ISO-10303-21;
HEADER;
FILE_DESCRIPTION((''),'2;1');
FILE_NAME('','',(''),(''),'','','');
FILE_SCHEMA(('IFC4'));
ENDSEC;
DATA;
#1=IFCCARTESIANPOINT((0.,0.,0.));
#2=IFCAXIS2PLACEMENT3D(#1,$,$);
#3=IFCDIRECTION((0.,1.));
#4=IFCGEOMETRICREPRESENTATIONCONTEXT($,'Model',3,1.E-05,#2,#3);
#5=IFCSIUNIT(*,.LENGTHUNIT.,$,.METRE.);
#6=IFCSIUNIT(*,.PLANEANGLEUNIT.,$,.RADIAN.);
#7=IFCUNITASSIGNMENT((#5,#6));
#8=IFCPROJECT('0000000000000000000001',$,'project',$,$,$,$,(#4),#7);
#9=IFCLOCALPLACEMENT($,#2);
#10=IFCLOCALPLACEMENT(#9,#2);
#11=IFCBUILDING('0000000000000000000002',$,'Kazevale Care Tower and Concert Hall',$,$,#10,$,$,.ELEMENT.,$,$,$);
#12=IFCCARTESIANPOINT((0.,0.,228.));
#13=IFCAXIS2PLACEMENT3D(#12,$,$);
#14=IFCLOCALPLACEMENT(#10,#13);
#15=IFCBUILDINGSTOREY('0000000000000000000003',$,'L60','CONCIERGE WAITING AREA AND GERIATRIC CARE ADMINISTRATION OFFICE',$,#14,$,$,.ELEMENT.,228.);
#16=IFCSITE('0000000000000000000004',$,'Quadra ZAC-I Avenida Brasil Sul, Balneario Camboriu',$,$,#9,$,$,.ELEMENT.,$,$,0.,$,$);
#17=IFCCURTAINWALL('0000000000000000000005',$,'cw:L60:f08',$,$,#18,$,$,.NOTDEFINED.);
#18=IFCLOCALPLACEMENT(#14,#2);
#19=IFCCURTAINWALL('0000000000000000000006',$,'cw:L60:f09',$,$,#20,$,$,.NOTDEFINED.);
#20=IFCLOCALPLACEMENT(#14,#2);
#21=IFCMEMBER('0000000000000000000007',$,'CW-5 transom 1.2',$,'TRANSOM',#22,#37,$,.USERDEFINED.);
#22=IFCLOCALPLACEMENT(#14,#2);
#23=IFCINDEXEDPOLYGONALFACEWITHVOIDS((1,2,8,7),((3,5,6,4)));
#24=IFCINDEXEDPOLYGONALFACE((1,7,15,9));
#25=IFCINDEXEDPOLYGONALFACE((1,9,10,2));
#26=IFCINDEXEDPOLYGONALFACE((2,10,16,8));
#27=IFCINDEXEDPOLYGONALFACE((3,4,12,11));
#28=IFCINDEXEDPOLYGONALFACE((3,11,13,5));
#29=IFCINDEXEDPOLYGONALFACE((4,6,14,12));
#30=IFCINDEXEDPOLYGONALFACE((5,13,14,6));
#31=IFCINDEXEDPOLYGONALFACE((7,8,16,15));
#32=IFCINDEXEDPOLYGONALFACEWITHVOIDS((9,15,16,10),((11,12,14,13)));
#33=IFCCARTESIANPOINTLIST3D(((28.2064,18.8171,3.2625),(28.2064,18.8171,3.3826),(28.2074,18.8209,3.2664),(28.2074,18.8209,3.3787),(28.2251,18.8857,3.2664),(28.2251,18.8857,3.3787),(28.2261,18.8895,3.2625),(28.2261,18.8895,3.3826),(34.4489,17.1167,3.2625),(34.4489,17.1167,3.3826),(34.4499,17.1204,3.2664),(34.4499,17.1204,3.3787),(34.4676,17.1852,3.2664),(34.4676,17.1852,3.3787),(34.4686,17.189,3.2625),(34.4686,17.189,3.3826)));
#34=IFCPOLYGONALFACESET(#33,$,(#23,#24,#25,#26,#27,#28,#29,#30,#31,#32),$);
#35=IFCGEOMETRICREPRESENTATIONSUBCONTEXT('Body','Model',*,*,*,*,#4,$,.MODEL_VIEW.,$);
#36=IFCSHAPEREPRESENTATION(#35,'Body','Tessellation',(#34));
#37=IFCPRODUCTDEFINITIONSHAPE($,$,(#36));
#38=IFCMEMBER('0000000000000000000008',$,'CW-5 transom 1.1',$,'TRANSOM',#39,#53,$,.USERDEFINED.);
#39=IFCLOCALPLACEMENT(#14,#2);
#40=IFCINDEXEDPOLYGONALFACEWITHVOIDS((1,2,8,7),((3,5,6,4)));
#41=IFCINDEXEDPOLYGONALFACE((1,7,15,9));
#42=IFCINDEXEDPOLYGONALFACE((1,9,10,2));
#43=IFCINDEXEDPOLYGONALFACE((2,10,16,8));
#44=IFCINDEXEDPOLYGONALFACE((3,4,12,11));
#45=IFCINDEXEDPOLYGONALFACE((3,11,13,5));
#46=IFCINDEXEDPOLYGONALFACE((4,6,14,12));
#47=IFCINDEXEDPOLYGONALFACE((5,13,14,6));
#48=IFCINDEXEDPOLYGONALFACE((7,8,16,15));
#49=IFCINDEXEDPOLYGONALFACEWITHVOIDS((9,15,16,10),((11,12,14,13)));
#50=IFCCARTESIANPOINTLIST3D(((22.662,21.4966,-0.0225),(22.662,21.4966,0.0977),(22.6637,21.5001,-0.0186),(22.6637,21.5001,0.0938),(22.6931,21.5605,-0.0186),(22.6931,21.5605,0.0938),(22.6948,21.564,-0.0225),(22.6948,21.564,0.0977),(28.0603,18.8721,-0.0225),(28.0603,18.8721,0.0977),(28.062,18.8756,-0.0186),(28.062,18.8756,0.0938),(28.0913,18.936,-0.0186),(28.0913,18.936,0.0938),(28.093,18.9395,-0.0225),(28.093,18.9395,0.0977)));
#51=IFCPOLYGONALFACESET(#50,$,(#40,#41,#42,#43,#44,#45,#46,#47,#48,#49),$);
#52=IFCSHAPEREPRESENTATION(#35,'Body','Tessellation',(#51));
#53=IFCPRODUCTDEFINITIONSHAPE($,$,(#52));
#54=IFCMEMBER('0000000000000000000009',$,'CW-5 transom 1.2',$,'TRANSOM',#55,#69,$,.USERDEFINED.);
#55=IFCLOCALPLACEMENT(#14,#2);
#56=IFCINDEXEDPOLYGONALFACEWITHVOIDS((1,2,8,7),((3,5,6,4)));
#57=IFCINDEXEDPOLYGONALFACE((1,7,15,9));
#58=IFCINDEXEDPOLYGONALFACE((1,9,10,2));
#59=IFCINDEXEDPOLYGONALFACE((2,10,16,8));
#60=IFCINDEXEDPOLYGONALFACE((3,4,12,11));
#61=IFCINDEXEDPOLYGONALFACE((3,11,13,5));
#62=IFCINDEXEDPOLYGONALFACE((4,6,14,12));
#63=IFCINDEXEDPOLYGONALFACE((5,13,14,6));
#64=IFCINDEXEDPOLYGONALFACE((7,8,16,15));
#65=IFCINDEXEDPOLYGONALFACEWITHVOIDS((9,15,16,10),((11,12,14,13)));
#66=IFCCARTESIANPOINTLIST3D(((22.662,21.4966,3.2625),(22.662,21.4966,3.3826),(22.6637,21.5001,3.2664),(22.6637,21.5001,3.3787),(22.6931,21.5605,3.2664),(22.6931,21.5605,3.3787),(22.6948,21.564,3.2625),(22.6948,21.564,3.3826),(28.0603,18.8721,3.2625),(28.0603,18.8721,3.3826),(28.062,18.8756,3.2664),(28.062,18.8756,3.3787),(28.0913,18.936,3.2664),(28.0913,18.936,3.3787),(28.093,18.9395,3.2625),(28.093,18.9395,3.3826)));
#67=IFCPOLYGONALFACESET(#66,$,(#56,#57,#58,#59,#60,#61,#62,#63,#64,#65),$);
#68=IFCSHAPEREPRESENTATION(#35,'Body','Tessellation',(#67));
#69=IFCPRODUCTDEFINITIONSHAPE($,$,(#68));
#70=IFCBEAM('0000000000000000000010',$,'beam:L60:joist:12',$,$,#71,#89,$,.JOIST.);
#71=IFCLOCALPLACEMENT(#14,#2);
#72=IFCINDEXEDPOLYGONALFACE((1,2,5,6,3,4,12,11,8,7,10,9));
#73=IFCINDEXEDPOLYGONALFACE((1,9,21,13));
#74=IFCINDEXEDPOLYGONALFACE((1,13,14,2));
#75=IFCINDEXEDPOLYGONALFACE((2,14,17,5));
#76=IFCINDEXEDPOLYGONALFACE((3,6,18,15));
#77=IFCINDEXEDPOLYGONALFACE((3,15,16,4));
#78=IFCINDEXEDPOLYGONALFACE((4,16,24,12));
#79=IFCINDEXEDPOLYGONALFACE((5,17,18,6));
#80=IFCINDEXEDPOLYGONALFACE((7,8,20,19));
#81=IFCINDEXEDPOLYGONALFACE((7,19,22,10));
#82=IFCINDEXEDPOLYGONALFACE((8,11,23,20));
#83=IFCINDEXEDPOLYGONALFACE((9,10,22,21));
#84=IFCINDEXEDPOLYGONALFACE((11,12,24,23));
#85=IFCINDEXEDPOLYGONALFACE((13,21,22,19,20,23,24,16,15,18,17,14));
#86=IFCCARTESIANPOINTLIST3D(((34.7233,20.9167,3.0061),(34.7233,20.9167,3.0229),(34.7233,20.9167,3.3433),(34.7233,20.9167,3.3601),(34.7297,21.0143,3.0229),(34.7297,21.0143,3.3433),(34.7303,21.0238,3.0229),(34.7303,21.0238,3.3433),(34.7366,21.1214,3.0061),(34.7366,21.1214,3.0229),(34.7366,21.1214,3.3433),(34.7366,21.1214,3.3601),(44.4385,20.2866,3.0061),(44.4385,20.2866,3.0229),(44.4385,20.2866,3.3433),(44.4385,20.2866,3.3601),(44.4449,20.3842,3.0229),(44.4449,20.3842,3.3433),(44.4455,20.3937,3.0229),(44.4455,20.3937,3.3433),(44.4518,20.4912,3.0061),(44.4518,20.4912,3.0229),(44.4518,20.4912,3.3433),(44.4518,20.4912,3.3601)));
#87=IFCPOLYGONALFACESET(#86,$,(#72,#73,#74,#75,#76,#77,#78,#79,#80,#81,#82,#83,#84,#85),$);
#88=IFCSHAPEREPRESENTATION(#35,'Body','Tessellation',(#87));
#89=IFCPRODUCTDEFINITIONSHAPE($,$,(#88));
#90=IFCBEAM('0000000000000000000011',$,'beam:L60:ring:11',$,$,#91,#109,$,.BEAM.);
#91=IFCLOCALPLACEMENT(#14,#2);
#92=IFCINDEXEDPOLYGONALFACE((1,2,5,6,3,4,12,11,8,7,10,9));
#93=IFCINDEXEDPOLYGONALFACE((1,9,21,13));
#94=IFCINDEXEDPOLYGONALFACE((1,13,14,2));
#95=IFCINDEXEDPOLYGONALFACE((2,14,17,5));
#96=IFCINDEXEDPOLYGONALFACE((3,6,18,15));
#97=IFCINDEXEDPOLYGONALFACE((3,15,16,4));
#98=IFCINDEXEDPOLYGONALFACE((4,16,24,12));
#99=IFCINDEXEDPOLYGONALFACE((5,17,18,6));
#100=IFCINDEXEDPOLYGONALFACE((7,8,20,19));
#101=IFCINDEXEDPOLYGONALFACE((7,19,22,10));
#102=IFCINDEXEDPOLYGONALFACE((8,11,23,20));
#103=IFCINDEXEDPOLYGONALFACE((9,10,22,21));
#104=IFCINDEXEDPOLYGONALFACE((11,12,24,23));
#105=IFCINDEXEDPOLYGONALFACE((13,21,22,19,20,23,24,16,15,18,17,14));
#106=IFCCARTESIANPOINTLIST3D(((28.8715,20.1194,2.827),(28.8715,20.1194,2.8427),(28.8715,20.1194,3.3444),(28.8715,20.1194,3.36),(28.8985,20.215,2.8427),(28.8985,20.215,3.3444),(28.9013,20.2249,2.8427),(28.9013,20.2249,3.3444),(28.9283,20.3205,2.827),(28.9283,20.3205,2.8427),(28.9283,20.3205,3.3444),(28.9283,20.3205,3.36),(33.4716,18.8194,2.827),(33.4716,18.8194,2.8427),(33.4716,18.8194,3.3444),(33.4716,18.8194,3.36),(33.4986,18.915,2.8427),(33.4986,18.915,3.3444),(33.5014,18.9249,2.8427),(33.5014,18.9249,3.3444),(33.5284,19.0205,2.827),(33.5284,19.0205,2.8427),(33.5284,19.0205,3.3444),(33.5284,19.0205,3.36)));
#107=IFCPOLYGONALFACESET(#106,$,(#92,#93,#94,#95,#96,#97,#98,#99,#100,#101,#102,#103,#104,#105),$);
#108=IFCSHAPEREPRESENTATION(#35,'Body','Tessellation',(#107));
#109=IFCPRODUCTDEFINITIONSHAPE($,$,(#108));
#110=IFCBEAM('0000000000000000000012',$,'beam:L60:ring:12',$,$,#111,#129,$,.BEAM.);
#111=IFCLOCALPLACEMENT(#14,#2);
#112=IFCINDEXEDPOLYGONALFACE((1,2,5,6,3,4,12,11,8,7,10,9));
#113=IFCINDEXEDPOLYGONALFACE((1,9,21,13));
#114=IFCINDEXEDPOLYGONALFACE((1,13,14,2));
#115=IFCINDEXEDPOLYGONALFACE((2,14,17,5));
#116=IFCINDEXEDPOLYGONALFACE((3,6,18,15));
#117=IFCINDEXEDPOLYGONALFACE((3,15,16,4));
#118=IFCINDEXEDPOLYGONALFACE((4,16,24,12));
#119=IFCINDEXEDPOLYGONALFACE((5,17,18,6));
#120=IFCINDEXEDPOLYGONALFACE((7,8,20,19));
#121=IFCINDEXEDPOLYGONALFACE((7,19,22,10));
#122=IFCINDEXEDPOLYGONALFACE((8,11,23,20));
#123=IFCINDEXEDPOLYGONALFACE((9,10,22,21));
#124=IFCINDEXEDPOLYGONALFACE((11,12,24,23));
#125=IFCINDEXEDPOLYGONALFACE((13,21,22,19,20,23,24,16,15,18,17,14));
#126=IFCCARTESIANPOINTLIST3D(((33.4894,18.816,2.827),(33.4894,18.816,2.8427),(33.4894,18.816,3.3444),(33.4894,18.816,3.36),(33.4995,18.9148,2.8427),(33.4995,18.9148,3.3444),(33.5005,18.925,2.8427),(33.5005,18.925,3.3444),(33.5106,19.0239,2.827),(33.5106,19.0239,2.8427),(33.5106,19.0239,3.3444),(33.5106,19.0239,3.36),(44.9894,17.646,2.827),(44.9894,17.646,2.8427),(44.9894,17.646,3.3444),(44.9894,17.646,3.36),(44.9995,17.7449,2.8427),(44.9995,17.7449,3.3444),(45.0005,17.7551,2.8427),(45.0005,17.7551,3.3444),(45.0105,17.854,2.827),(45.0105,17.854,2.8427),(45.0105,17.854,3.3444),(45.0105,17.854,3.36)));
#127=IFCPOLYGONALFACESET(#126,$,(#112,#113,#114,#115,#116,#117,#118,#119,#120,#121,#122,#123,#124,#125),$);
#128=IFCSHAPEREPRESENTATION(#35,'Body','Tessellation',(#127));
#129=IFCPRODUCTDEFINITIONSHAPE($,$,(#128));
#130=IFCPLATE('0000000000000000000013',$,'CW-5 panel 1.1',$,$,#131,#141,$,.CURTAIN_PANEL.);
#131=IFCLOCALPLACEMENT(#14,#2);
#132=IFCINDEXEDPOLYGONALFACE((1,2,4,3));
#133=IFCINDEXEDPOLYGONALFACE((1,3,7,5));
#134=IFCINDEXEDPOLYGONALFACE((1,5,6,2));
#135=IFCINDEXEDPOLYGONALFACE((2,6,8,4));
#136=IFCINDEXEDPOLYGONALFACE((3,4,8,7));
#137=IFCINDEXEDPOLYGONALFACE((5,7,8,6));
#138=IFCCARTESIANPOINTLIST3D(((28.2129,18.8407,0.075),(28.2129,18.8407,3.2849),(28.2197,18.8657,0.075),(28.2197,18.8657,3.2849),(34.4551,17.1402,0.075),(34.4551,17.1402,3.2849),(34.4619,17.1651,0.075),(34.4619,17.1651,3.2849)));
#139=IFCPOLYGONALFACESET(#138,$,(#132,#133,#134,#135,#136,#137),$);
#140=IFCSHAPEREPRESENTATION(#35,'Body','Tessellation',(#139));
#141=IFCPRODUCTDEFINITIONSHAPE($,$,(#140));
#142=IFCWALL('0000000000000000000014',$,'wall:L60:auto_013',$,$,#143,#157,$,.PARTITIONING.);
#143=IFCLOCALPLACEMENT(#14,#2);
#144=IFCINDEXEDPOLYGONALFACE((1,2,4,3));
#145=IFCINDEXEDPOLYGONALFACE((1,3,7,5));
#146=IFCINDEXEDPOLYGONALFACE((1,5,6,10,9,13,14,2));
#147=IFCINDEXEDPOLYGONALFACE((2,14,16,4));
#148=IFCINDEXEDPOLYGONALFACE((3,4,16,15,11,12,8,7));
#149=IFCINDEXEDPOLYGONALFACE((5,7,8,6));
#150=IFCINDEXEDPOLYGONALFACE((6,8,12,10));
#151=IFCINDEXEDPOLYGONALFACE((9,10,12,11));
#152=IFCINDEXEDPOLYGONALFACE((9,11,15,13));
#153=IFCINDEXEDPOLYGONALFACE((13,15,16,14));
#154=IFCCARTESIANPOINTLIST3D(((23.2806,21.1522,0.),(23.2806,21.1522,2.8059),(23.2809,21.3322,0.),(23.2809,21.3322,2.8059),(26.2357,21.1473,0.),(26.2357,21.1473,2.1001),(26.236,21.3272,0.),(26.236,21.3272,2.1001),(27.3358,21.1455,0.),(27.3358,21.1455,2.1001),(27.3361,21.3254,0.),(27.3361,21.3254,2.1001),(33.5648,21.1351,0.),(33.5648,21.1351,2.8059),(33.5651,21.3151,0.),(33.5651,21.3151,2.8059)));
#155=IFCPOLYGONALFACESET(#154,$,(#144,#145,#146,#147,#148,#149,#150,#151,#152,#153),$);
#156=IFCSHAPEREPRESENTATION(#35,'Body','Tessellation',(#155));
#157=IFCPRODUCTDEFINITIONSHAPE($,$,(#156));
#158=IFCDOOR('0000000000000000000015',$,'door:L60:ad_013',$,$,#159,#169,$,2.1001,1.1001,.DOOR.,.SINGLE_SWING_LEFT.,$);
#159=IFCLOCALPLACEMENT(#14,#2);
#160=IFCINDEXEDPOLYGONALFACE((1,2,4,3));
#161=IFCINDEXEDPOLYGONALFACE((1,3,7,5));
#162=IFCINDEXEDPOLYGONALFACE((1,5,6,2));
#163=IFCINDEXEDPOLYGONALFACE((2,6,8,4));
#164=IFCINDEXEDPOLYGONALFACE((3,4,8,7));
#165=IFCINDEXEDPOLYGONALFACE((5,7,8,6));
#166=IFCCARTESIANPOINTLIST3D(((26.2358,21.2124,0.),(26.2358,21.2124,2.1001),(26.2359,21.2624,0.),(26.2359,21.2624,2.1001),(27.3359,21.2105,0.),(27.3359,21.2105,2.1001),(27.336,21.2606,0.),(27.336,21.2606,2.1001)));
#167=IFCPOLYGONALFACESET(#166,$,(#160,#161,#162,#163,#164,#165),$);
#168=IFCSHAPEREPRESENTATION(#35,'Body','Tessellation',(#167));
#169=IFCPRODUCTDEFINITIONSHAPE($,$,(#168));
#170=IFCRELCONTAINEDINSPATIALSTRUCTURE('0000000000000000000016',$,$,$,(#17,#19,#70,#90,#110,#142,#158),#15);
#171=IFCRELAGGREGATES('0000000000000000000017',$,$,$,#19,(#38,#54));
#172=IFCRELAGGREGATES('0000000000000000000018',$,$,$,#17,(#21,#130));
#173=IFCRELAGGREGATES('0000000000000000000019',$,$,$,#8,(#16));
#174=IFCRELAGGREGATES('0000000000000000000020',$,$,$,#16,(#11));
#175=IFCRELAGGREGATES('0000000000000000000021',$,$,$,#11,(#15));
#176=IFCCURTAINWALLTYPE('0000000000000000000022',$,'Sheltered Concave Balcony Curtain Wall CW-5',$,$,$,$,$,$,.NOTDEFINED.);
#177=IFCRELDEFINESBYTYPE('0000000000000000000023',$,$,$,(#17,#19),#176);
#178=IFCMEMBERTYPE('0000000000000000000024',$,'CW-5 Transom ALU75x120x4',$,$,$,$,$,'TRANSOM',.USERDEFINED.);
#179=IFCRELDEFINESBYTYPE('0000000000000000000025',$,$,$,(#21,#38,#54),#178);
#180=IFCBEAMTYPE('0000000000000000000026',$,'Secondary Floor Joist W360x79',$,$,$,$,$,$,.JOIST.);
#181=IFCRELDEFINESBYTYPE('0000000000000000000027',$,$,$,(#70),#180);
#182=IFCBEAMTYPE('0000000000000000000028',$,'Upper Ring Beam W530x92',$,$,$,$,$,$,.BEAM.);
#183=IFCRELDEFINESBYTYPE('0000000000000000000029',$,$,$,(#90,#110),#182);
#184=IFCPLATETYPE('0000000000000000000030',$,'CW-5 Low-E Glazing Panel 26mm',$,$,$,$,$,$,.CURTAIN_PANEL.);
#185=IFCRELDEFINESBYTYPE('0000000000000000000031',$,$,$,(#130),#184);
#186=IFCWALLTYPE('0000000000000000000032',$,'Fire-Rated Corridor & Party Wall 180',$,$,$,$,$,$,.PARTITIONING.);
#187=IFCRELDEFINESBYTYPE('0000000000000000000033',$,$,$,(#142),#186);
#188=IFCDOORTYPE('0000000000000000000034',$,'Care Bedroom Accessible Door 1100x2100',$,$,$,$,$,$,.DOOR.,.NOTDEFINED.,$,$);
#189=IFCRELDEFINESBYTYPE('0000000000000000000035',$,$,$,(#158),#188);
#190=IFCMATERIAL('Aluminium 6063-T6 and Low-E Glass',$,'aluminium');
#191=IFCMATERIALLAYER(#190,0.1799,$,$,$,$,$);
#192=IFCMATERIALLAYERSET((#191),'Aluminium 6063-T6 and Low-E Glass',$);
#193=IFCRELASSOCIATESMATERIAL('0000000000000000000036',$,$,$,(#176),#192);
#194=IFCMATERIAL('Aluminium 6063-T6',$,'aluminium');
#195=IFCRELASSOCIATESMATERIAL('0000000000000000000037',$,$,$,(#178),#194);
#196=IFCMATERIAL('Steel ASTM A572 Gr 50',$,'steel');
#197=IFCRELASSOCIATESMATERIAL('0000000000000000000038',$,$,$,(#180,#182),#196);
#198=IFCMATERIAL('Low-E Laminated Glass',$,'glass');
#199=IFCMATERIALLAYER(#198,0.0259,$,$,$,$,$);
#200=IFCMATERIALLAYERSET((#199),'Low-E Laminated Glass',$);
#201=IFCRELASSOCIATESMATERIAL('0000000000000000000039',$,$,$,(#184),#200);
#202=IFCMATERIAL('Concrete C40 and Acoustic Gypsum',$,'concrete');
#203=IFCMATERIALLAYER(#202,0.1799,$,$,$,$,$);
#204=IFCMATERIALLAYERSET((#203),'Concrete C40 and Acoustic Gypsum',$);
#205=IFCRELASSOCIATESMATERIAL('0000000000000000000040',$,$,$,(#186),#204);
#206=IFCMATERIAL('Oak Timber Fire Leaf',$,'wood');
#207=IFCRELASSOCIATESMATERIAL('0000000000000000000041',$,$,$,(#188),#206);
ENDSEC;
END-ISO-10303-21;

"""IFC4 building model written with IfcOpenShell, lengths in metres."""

from ifc_helpers import new_model, si_unit, direction, frame, frame_2d, origin, origin_2d, place, context, subcontext, project, spatial, rectangle, hollow_rectangle, i_section, extrude, material, layer, layer_set, material_profile, profile_set, type_object, element, fill, aggregate, save


model = new_model("IFC4")

# Units and contexts
model_context = context("Model", 3, precision=1e-05, world=origin(), true_north=direction((0.0, 1.0)))
body_context = subcontext(model_context, "Body", "Model", "MODEL_VIEW")
ifc_project = project(units=[si_unit("LENGTHUNIT", "METRE"), si_unit("PLANEANGLEUNIT", "RADIAN")], contexts=[model_context])

# Site, building, storey
site_placement = place(None, origin())
site = spatial("IfcSite", under=ifc_project, at=site_placement, Name="Quadra ZAC-I Avenida Brasil Sul, Balneario Camboriu", CompositionType="ELEMENT", RefElevation=0.0)
building_placement = place(site_placement, origin())
building = spatial("IfcBuilding", under=site, at=building_placement, Name="Kazevale Care Tower and Concert Hall", CompositionType="ELEMENT")
storey_placement = place(building_placement, frame((0.0, 0.0, 228.0)))
storey = spatial("IfcBuildingStorey", under=building, at=storey_placement, Name="L60", Description="CONCIERGE WAITING AREA AND GERIATRIC CARE ADMINISTRATION OFFICE", CompositionType="ELEMENT", Elevation=228.0)

# Shared definitions
ifc_material_1 = material(Name="Aluminium 6063-T6 and Low-E Glass", Category="aluminium")
ifc_layer_1 = layer(ifc_material_1, 0.1799)
ifc_layer_set_1 = layer_set([ifc_layer_1], Name="Aluminium 6063-T6 and Low-E Glass")
curtain_wall_type = type_object("IfcCurtainWallType", Name="Sheltered Concave Balcony Curtain Wall CW-5", PredefinedType="NOTDEFINED", material=ifc_layer_set_1)
ifc_material_2 = material(Name="Aluminium 6063-T6", Category="aluminium")

# Curtain wall
curtain_wall_1_placement = place(storey_placement, origin())
curtain_wall_1 = element("IfcCurtainWall", 1, at=curtain_wall_1_placement, inside=storey, type_object=curtain_wall_type, Name="cw:L60:f08", PredefinedType="NOTDEFINED")

# Curtain wall
curtain_wall_2_placement = place(storey_placement, origin())
curtain_wall_2 = element("IfcCurtainWall", 2, at=curtain_wall_2_placement, inside=storey, type_object=curtain_wall_type, Name="cw:L60:f09", PredefinedType="NOTDEFINED")

# Members
ifc_material_profile_1 = material_profile(ifc_material_2, hollow_rectangle(XDim=0.075, YDim=0.1201, WallThickness=0.0039, at=origin_2d()), Name="ALU75x120x4")
ifc_profile_set_1 = profile_set([ifc_material_profile_1], Name="Aluminium 6063-T6")
member_type_1 = type_object("IfcMemberType", Name="CW-5 Transom ALU75x120x4", ElementType="TRANSOM", PredefinedType="USERDEFINED", material=ifc_profile_set_1)
member_1_placement = place(storey_placement, frame((34.4587, 17.1528, 3.3225), z_axis=(-0.964844, 0.262824, 0.0), x_axis=(-0.262824, -0.964844, 0.0)))
member_1 = element("IfcMember", 3, at=member_1_placement, type_object=member_type_1, Name="CW-5 transom 1.2", ObjectType="TRANSOM", PredefinedType="USERDEFINED", context=body_context, shape_type="SweptSolid", body=[
    extrude(hollow_rectangle(XDim=0.075, YDim=0.1201, WallThickness=0.0039, at=origin_2d()), origin(), (0.0, 0.0, 1.0), 6.47),
])
member_2_placement = place(storey_placement, frame((28.0767, 18.9058, 0.0376), z_axis=(-0.899342, 0.437245, 0.0), x_axis=(-0.437245, -0.899342, 0.0)))
member_2 = element("IfcMember", 4, at=member_2_placement, type_object=member_type_1, Name="CW-5 transom 1.1", ObjectType="TRANSOM", PredefinedType="USERDEFINED", context=body_context, shape_type="SweptSolid", body=[
    extrude(hollow_rectangle(XDim=0.075, YDim=0.1201, WallThickness=0.0039, at=origin_2d()), origin(), (0.0, 0.0, 1.0), 6.0024),
])
member_3_placement = place(storey_placement, frame((28.0767, 18.9058, 3.3225), z_axis=(-0.899342, 0.437245, 0.0), x_axis=(-0.437245, -0.899342, 0.0)))
member_3 = element("IfcMember", 5, at=member_3_placement, type_object=member_type_1, Name="CW-5 transom 1.2", ObjectType="TRANSOM", PredefinedType="USERDEFINED", context=body_context, shape_type="SweptSolid", body=[
    extrude(hollow_rectangle(XDim=0.075, YDim=0.1201, WallThickness=0.0039, at=origin_2d()), origin(), (0.0, 0.0, 1.0), 6.0024),
])
aggregate(curtain_wall_2, [member_2, member_3])

# Beams
ifc_material_3 = material(Name="Steel ASTM A572 Gr 50", Category="steel")
ifc_material_profile_2 = material_profile(ifc_material_3, i_section(OverallWidth=0.2051, OverallDepth=0.354, WebThickness=0.0095, FlangeThickness=0.0168, at=origin_2d()), Name="W360x79")
ifc_profile_set_2 = profile_set([ifc_material_profile_2], Name="Steel ASTM A572 Gr 50")
beam_type_1 = type_object("IfcBeamType", Name="Secondary Floor Joist W360x79", PredefinedType="JOIST", material=ifc_profile_set_2)
beam_1_placement = place(storey_placement, frame((34.73, 21.019, 3.1831), z_axis=(0.997903, -0.064725, 0.0), x_axis=(0.064725, 0.997903, 0.0)))
element("IfcBeam", 6, at=beam_1_placement, inside=storey, type_object=beam_type_1, Name="beam:L60:joist:12", PredefinedType="JOIST", context=body_context, shape_type="SweptSolid", body=[
    extrude(i_section(OverallWidth=0.2051, OverallDepth=0.354, WebThickness=0.0095, FlangeThickness=0.0168, at=origin_2d()), origin(), (0.0, 0.0, 1.0), 9.7356),
])
ifc_material_profile_3 = material_profile(ifc_material_3, i_section(OverallWidth=0.209, OverallDepth=0.533, WebThickness=0.0103, FlangeThickness=0.0156, at=origin_2d()), Name="W530x92")
ifc_profile_set_3 = profile_set([ifc_material_profile_3], Name="Steel ASTM A572 Gr 50")
beam_type_2 = type_object("IfcBeamType", Name="Upper Ring Beam W530x92", PredefinedType="BEAM", material=ifc_profile_set_3)
beam_2_placement = place(storey_placement, frame((28.8999, 20.22, 3.0935), z_axis=(0.962308, -0.271961, 0.0), x_axis=(0.271961, 0.962308, 0.0)))
element("IfcBeam", 7, at=beam_2_placement, inside=storey, type_object=beam_type_2, Name="beam:L60:ring:11", PredefinedType="BEAM", context=body_context, shape_type="SweptSolid", body=[
    extrude(i_section(OverallWidth=0.209, OverallDepth=0.533, WebThickness=0.0103, FlangeThickness=0.0156, at=origin_2d()), origin(), (0.0, 0.0, 1.0), 4.7803),
])
beam_3_placement = place(storey_placement, frame((33.5, 18.9199, 3.0935), z_axis=(0.994865, -0.10121, 0.0), x_axis=(0.10121, 0.994865, 0.0)))
element("IfcBeam", 8, at=beam_3_placement, inside=storey, type_object=beam_type_2, Name="beam:L60:ring:12", PredefinedType="BEAM", context=body_context, shape_type="SweptSolid", body=[
    extrude(i_section(OverallWidth=0.209, OverallDepth=0.533, WebThickness=0.0103, FlangeThickness=0.0156, at=origin_2d()), origin(), (0.0, 0.0, 1.0), 11.5593),
])

# Plate
ifc_material_4 = material(Name="Low-E Laminated Glass", Category="glass")
ifc_layer_2 = layer(ifc_material_4, 0.0259)
ifc_layer_set_2 = layer_set([ifc_layer_2], Name="Low-E Laminated Glass")
plate_type = type_object("IfcPlateType", Name="CW-5 Low-E Glazing Panel 26mm", PredefinedType="CURTAIN_PANEL", material=ifc_layer_set_2)
plate_placement = place(storey_placement, frame((31.3374, 18.0029, 0.075), z_axis=(0.0, 0.0, 1.0), x_axis=(-0.964837, 0.262849, 0.0)))
plate = element("IfcPlate", 9, at=plate_placement, type_object=plate_type, Name="CW-5 panel 1.1", PredefinedType="CURTAIN_PANEL", context=body_context, shape_type="SweptSolid", body=[
    extrude(rectangle(XDim=6.4697, YDim=0.0259, at=origin_2d()), origin(), (0.0, 0.0, 1.0), 3.21),
])
aggregate(curtain_wall_1, [member_1, plate])

# Wall, opening, door
ifc_material_5 = material(Name="Concrete C40 and Acoustic Gypsum", Category="concrete")
ifc_layer_3 = layer(ifc_material_5, 0.1799)
ifc_layer_set_3 = layer_set([ifc_layer_3], Name="Concrete C40 and Acoustic Gypsum")
wall_type = type_object("IfcWallType", Name="Fire-Rated Corridor & Party Wall 180", PredefinedType="PARTITIONING", material=ifc_layer_set_3)
wall_placement = place(storey_placement, frame((33.5649, 21.2251, 0.0), z_axis=(0.0, 0.0, 1.0), x_axis=(-0.999999, 0.001662, 0.0)))
wall = element("IfcWall", 10, at=wall_placement, inside=storey, type_object=wall_type, Name="wall:L60:auto_013", PredefinedType="PARTITIONING", context=body_context, shape_type="SweptSolid", body=[
    extrude(rectangle(XDim=10.2842, YDim=0.1799, at=frame_2d((5.1421, 0.0))), origin(), (0.0, 0.0, 1.0), 2.8059),
])
opening_placement = place(wall_placement, frame((6.229, 0.0, 0.0)))
opening = element("IfcOpeningElement", 11, at=opening_placement, cuts=wall, PredefinedType="OPENING", context=body_context, shape_type="SweptSolid", body=[
    extrude(rectangle(XDim=1.1001, YDim=2.1001, at=frame_2d((0.55, 1.05))), frame((0.0, 0.0999, 0.0), z_axis=(0.0, -1.0, 0.0), x_axis=(1.0, 0.0, 0.0)), (0.0, 0.0, 1.0), 0.2),
])
ifc_material_6 = material(Name="Oak Timber Fire Leaf", Category="wood")
door_type = type_object("IfcDoorType", Name="Care Bedroom Accessible Door 1100x2100", OperationType="NOTDEFINED", PredefinedType="DOOR", material=ifc_material_6)
door_placement = place(opening_placement, origin())
door = element("IfcDoor", 12, at=door_placement, inside=storey, type_object=door_type, Name="door:L60:ad_013", OperationType="SINGLE_SWING_LEFT", OverallHeight=2.1001, OverallWidth=1.1001, PredefinedType="DOOR", context=body_context, shape_type="SweptSolid", body=[
    extrude(rectangle(XDim=1.1001, YDim=2.1001, at=frame_2d((0.55, 1.05))), frame((0.0, 0.0249, 0.0), z_axis=(0.0, -1.0, 0.0), x_axis=(1.0, 0.0, 0.0)), (0.0, 0.0, 1.0), 0.05),
])
fill(opening, door)

save(model, "model.ifc")
